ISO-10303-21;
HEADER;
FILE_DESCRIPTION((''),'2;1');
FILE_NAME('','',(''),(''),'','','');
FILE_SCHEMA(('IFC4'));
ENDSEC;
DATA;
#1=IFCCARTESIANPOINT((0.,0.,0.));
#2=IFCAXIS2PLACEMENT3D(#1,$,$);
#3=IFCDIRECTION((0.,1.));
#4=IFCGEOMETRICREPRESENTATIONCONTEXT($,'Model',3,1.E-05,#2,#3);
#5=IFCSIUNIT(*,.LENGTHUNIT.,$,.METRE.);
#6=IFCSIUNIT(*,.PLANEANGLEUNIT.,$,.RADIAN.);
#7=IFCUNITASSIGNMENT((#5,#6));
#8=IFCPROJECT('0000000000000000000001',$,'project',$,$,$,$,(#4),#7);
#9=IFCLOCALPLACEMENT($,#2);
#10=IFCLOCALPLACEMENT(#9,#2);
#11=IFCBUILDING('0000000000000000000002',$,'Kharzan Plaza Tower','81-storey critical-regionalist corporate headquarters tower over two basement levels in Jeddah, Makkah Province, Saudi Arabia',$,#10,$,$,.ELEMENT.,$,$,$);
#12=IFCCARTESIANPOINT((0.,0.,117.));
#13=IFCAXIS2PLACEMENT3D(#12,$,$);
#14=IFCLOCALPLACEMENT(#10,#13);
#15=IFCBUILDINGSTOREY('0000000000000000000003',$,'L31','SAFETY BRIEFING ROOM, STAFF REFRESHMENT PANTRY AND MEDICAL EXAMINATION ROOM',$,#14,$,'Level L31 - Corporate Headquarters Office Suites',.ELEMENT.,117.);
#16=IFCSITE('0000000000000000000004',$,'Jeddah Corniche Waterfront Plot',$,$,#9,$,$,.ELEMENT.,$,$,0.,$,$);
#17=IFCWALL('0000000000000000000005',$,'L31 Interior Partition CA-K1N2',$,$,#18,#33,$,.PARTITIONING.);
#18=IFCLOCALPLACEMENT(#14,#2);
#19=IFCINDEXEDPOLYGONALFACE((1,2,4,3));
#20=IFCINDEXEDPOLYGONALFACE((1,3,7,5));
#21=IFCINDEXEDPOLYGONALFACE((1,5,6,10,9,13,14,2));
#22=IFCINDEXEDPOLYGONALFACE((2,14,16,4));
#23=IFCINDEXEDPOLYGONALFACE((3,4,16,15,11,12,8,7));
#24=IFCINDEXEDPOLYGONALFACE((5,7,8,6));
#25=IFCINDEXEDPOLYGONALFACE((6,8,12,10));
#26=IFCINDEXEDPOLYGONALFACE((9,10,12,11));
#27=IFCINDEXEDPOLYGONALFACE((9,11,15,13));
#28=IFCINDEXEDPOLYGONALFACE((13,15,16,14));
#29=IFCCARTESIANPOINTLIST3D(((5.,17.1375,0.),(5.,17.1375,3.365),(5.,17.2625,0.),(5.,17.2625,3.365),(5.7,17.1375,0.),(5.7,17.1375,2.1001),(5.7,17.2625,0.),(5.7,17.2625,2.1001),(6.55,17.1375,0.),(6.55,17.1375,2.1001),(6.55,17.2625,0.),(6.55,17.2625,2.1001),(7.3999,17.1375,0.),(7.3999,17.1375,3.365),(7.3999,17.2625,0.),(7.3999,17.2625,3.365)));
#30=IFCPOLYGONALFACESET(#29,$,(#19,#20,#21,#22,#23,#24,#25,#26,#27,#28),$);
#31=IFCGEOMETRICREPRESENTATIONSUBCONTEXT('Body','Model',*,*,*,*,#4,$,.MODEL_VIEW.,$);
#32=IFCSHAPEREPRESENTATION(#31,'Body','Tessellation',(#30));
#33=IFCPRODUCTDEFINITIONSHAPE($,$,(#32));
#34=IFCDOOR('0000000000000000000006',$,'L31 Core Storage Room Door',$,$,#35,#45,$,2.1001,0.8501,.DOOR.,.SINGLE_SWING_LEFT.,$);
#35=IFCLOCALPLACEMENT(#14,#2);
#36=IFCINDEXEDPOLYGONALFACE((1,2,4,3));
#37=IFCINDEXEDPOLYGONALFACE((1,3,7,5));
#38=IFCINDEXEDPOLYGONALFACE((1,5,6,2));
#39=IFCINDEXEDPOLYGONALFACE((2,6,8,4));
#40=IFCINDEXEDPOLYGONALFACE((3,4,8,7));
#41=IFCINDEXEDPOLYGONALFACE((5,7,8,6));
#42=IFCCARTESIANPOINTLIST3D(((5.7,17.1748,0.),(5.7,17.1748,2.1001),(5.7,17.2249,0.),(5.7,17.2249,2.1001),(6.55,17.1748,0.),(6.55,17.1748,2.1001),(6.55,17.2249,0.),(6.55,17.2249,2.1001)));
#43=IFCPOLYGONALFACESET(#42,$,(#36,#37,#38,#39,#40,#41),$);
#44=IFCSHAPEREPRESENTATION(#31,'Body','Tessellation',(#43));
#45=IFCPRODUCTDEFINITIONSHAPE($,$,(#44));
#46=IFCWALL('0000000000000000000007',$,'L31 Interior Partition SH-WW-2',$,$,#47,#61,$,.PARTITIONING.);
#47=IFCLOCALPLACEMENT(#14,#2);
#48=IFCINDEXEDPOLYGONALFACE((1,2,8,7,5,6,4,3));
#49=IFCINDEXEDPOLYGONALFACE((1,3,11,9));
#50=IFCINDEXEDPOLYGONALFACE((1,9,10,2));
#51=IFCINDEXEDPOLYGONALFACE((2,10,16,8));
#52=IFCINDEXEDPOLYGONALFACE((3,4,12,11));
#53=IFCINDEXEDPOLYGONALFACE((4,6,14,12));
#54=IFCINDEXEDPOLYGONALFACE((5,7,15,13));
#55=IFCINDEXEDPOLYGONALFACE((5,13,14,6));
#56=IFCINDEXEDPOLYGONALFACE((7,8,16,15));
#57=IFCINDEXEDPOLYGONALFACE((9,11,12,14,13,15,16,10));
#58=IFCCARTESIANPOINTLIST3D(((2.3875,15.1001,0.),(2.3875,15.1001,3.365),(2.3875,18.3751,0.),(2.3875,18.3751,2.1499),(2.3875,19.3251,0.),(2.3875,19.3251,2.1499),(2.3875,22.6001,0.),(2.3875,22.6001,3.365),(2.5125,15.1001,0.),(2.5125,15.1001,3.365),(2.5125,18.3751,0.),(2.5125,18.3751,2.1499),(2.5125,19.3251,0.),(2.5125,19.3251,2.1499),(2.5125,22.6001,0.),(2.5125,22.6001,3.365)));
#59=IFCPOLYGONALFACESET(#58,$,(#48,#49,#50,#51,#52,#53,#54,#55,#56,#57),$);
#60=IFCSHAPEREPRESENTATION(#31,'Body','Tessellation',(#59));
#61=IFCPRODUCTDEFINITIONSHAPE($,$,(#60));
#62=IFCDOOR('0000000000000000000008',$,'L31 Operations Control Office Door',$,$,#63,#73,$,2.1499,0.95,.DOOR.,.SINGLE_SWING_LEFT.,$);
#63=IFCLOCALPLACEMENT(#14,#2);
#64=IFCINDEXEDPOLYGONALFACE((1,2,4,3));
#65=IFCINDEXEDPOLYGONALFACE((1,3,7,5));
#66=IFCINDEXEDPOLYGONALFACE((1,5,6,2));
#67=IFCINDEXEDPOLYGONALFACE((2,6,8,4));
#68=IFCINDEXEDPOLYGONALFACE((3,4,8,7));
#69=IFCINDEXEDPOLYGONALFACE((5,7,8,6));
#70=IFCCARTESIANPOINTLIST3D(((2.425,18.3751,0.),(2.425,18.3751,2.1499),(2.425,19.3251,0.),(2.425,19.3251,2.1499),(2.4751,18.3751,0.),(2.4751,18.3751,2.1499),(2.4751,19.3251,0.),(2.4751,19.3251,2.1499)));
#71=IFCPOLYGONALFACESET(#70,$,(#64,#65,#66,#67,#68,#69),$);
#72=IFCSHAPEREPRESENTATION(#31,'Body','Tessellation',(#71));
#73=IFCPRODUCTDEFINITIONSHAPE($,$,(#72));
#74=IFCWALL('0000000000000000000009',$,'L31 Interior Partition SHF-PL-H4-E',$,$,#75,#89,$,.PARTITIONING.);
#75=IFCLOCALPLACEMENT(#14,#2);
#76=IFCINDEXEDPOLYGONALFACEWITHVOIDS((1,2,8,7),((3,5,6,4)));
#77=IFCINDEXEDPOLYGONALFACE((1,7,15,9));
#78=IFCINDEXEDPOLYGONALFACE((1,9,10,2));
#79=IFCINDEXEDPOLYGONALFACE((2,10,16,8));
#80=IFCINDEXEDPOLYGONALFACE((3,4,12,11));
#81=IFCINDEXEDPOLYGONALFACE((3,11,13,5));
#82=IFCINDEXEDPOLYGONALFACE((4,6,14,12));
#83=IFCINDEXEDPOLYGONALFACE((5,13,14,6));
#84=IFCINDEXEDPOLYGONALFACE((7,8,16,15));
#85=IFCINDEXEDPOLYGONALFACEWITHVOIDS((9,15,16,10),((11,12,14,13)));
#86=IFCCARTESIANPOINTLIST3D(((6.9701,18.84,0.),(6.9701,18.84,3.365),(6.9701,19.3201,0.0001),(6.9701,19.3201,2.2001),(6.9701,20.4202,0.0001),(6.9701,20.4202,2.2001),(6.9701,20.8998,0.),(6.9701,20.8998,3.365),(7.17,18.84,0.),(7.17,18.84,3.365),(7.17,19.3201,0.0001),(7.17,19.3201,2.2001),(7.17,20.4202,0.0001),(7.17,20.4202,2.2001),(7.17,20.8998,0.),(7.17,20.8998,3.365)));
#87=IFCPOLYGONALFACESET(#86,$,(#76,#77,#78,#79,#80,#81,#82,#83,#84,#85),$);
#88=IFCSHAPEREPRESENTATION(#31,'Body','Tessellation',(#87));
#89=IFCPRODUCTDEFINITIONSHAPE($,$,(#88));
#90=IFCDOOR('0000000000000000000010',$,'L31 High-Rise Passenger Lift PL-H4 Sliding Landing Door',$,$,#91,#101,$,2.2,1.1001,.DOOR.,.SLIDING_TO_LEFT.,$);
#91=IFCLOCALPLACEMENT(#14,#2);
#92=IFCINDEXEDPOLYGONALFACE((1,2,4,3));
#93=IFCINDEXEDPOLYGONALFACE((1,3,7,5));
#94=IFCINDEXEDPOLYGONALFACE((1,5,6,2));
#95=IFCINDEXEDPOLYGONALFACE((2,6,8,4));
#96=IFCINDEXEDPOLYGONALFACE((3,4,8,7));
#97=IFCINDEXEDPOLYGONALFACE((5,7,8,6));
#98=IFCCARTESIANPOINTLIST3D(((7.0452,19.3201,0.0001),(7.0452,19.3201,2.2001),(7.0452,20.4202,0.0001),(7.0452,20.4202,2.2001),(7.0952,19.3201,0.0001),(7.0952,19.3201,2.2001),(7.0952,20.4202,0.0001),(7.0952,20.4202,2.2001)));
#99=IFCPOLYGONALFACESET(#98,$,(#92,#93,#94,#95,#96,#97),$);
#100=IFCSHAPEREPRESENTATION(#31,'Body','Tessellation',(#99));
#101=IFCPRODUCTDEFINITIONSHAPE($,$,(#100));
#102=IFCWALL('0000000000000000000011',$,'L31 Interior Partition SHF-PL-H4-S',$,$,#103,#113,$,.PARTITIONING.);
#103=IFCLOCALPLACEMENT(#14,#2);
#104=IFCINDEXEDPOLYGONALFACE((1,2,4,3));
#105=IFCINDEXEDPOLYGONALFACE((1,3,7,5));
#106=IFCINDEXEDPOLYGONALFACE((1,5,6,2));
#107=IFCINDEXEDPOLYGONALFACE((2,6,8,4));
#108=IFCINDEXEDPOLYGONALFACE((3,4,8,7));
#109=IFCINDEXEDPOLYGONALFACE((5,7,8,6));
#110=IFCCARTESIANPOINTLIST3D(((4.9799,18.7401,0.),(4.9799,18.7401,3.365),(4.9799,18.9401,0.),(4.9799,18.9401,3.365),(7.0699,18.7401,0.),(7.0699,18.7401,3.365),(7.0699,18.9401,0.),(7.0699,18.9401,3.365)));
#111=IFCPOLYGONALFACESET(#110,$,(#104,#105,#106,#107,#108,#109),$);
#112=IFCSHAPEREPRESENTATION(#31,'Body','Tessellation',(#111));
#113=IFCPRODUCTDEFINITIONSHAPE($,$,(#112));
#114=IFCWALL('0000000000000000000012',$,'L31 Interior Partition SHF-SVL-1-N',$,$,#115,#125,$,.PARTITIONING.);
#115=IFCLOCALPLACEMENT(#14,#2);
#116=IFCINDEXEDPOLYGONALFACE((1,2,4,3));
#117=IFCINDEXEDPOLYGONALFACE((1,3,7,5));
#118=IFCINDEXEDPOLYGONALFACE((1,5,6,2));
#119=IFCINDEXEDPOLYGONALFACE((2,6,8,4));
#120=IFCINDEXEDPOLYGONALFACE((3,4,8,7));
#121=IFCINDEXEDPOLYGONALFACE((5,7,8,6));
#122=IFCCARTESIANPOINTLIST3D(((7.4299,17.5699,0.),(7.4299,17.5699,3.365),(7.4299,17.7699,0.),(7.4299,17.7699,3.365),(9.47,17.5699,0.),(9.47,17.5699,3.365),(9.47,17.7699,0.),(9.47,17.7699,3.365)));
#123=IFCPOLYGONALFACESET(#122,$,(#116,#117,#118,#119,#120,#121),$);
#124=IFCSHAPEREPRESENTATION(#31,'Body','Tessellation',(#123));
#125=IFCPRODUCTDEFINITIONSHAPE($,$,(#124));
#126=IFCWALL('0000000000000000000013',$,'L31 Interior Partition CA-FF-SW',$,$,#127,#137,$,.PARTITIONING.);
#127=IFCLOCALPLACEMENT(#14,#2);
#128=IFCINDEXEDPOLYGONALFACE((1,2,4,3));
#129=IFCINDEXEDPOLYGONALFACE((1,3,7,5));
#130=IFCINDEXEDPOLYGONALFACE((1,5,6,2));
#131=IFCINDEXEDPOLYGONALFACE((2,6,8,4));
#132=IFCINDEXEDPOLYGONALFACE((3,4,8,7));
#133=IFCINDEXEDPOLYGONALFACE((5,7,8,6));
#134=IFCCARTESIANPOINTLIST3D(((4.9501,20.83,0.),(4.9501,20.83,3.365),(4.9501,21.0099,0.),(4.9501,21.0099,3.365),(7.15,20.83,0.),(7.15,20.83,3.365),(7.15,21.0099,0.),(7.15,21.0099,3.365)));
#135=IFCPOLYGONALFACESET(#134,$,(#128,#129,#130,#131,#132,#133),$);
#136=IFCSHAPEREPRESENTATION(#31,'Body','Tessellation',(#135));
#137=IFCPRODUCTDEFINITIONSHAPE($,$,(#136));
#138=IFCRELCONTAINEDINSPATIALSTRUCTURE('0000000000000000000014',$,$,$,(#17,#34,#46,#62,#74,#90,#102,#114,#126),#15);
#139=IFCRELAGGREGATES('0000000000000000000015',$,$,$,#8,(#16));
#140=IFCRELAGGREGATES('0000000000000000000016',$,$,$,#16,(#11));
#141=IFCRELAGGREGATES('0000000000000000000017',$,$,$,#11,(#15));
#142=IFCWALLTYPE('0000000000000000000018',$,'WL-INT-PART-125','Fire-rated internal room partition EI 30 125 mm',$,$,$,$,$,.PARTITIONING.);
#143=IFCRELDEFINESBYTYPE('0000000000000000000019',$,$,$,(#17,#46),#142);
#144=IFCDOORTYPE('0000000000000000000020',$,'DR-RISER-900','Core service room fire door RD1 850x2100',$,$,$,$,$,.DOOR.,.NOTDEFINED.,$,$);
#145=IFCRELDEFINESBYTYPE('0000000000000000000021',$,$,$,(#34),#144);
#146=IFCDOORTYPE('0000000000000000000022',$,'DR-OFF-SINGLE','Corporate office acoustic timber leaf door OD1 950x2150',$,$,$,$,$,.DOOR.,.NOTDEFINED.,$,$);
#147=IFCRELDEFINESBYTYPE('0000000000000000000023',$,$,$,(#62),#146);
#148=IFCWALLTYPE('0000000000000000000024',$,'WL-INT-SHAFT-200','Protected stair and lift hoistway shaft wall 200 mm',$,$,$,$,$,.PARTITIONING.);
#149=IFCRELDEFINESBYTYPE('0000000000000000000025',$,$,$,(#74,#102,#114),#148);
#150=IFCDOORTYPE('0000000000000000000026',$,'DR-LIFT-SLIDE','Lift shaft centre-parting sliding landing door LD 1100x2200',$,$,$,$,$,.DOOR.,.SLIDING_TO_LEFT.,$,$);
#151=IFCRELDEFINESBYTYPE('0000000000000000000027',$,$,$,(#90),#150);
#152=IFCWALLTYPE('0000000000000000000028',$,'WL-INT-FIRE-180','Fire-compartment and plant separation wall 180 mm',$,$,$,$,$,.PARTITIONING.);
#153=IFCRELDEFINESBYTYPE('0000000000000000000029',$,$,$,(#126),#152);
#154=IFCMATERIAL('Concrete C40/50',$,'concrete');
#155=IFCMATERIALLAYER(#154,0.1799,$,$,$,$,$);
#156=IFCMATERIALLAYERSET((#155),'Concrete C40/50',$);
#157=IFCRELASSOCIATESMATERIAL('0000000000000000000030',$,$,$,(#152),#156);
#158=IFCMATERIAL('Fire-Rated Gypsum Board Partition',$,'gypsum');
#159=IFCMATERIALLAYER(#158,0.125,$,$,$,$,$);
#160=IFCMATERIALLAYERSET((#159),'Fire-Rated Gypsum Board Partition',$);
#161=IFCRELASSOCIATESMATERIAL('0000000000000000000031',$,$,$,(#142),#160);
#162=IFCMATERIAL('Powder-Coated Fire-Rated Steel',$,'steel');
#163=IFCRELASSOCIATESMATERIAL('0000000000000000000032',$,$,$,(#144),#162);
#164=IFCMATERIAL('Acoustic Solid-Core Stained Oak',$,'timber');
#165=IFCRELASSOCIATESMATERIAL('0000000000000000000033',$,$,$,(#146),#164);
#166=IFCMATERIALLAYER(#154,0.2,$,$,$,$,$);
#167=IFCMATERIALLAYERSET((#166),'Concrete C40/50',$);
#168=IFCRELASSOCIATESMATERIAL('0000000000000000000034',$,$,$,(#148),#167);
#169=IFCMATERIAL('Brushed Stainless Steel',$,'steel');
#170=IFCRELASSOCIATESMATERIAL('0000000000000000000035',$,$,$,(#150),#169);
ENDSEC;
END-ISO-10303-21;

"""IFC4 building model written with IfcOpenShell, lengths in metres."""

from ifc_helpers import new_model, si_unit, direction, frame, frame_2d, origin, place, context, subcontext, project, spatial, rectangle, extrude, source, transform, mapped, material, layer, layer_set, type_object, element, fill, save


model = new_model("IFC4")

# Units and contexts
model_context = context("Model", 3, precision=1e-05, world=origin(), true_north=direction((0.0, 1.0)))
body_context = subcontext(model_context, "Body", "Model", "MODEL_VIEW")
ifc_project = project(units=[si_unit("LENGTHUNIT", "METRE"), si_unit("PLANEANGLEUNIT", "RADIAN")], contexts=[model_context])

# Site, building, storey
site_placement = place(None, origin())
site = spatial("IfcSite", under=ifc_project, at=site_placement, Name="Jeddah Corniche Waterfront Plot", CompositionType="ELEMENT", RefElevation=0.0)
building_placement = place(site_placement, origin())
building = spatial("IfcBuilding", under=site, at=building_placement, Name="Kharzan Plaza Tower", Description="81-storey critical-regionalist corporate headquarters tower over two basement levels in Jeddah, Makkah Province, Saudi Arabia", CompositionType="ELEMENT")
storey_placement = place(building_placement, frame((0.0, 0.0, 117.0)))
storey = spatial("IfcBuildingStorey", under=building, at=storey_placement, Name="L31", Description="SAFETY BRIEFING ROOM, STAFF REFRESHMENT PANTRY AND MEDICAL EXAMINATION ROOM", LongName="Level L31 - Corporate Headquarters Office Suites", CompositionType="ELEMENT", Elevation=117.0)

# Shared definitions
ifc_material_1 = material(Name="Concrete C40/50", Category="concrete")

# Walls, openings, doors
ifc_layer_1 = layer(ifc_material_1, 0.1799)
ifc_layer_set_1 = layer_set([ifc_layer_1], Name="Concrete C40/50")
wall_type_1 = type_object("IfcWallType", Name="WL-INT-FIRE-180", Description="Fire-compartment and plant separation wall 180 mm", PredefinedType="PARTITIONING", material=ifc_layer_set_1)
ifc_material_2 = material(Name="Fire-Rated Gypsum Board Partition", Category="gypsum")
ifc_layer_2 = layer(ifc_material_2, 0.125)
ifc_layer_set_2 = layer_set([ifc_layer_2], Name="Fire-Rated Gypsum Board Partition")
wall_type_2 = type_object("IfcWallType", Name="WL-INT-PART-125", Description="Fire-rated internal room partition EI 30 125 mm", PredefinedType="PARTITIONING", material=ifc_layer_set_2)
wall_1_placement = place(storey_placement, frame((5.0, 17.2, 0.0), z_axis=(0.0, 0.0, 1.0), x_axis=(1.0, 0.0, 0.0)))
wall_1 = element("IfcWall", 1, at=wall_1_placement, inside=storey, type_object=wall_type_2, Name="L31 Interior Partition CA-K1N2", PredefinedType="PARTITIONING", context=body_context, shape_type="SweptSolid", body=[
    extrude(rectangle(XDim=2.3999, YDim=0.125, at=frame_2d((1.2, 0.0))), origin(), (0.0, 0.0, 1.0), 3.365),
])
opening_1_placement = place(wall_1_placement, frame((0.7, 0.0, 0.0)))
opening_1 = element("IfcOpeningElement", 2, at=opening_1_placement, cuts=wall_1, PredefinedType="OPENING", context=body_context, shape_type="SweptSolid", body=[
    extrude(rectangle(XDim=0.8501, YDim=2.1001, at=frame_2d((0.425, 1.05))), frame((0.0, 0.0725, 0.0), z_axis=(0.0, -1.0, 0.0), x_axis=(1.0, 0.0, 0.0)), (0.0, 0.0, 1.0), 0.145),
])
ifc_material_3 = material(Name="Powder-Coated Fire-Rated Steel", Category="steel")
door_type_1 = type_object("IfcDoorType", Name="DR-RISER-900", Description="Core service room fire door RD1 850x2100", OperationType="NOTDEFINED", PredefinedType="DOOR", material=ifc_material_3)
shared_shape_1 = source(origin(), body_context, "Body", "SweptSolid", [
    extrude(rectangle(XDim=0.8501, YDim=2.1001, at=frame_2d((0.425, 1.05))), frame((0.0, 0.0249, 0.0), z_axis=(0.0, -1.0, 0.0), x_axis=(1.0, 0.0, 0.0)), (0.0, 0.0, 1.0), 0.05),
])
door_1_placement = place(opening_1_placement, origin())
door_1 = element("IfcDoor", 3, at=door_1_placement, inside=storey, type_object=door_type_1, Name="L31 Core Storage Room Door", OperationType="SINGLE_SWING_LEFT", OverallHeight=2.1001, OverallWidth=0.8501, PredefinedType="DOOR", context=body_context, shape_type="MappedRepresentation", body=[
    mapped(shared_shape_1, transform((0.0, 0.0, 0.0), x_axis=(1.0, 0.0, 0.0), y_axis=(0.0, 1.0, 0.0), z_axis=(0.0, 0.0, 1.0))),
])
fill(opening_1, door_1)
wall_2_placement = place(storey_placement, frame((2.45, 15.1001, 0.0), z_axis=(0.0, 0.0, 1.0), x_axis=(0.0, 1.0, 0.0)))
wall_2 = element("IfcWall", 4, at=wall_2_placement, inside=storey, type_object=wall_type_2, Name="L31 Interior Partition SH-WW-2", PredefinedType="PARTITIONING", context=body_context, shape_type="SweptSolid", body=[
    extrude(rectangle(XDim=7.5, YDim=0.125, at=frame_2d((3.75, 0.0))), origin(), (0.0, 0.0, 1.0), 3.365),
])
opening_2_placement = place(wall_2_placement, frame((3.2749, 0.0, 0.0)))
opening_2 = element("IfcOpeningElement", 5, at=opening_2_placement, cuts=wall_2, PredefinedType="OPENING", context=body_context, shape_type="SweptSolid", body=[
    extrude(rectangle(XDim=0.95, YDim=2.1499, at=frame_2d((0.4751, 1.075))), frame((0.0, 0.0725, 0.0), z_axis=(0.0, -1.0, 0.0), x_axis=(1.0, 0.0, 0.0)), (0.0, 0.0, 1.0), 0.145),
])
ifc_material_4 = material(Name="Acoustic Solid-Core Stained Oak", Category="timber")
door_type_2 = type_object("IfcDoorType", Name="DR-OFF-SINGLE", Description="Corporate office acoustic timber leaf door OD1 950x2150", OperationType="NOTDEFINED", PredefinedType="DOOR", material=ifc_material_4)
shared_shape_2 = source(origin(), body_context, "Body", "SweptSolid", [
    extrude(rectangle(XDim=0.95, YDim=2.1499, at=frame_2d((0.4751, 1.075))), frame((0.0, 0.0249, 0.0), z_axis=(0.0, -1.0, 0.0), x_axis=(1.0, 0.0, 0.0)), (0.0, 0.0, 1.0), 0.05),
])
door_2_placement = place(opening_2_placement, origin())
door_2 = element("IfcDoor", 6, at=door_2_placement, inside=storey, type_object=door_type_2, Name="L31 Operations Control Office Door", OperationType="SINGLE_SWING_LEFT", OverallHeight=2.1499, OverallWidth=0.95, PredefinedType="DOOR", context=body_context, shape_type="MappedRepresentation", body=[
    mapped(shared_shape_2, transform((0.0, 0.0, 0.0), x_axis=(1.0, 0.0, 0.0), y_axis=(0.0, 1.0, 0.0), z_axis=(0.0, 0.0, 1.0))),
])
fill(opening_2, door_2)
ifc_layer_3 = layer(ifc_material_1, 0.2)
ifc_layer_set_3 = layer_set([ifc_layer_3], Name="Concrete C40/50")
wall_type_3 = type_object("IfcWallType", Name="WL-INT-SHAFT-200", Description="Protected stair and lift hoistway shaft wall 200 mm", PredefinedType="PARTITIONING", material=ifc_layer_set_3)
wall_3_placement = place(storey_placement, frame((7.0701, 18.8401, 0.0), z_axis=(0.0, 0.0, 1.0), x_axis=(0.0, 1.0, 0.0)))
wall_3 = element("IfcWall", 7, at=wall_3_placement, inside=storey, type_object=wall_type_3, Name="L31 Interior Partition SHF-PL-H4-E", PredefinedType="PARTITIONING", context=body_context, shape_type="SweptSolid", body=[
    extrude(rectangle(XDim=2.0598, YDim=0.2, at=frame_2d((1.0298, 0.0))), origin(), (0.0, 0.0, 1.0), 3.365),
])
opening_3_placement = place(wall_3_placement, frame((0.48, 0.0, 0.0)))
opening_3 = element("IfcOpeningElement", 8, at=opening_3_placement, cuts=wall_3, PredefinedType="OPENING", context=body_context, shape_type="SweptSolid", body=[
    extrude(rectangle(XDim=1.1001, YDim=2.2, at=frame_2d((0.55, 1.1001))), frame((0.0, 0.1099, 0.0), z_axis=(0.0, -1.0, 0.0), x_axis=(1.0, 0.0, 0.0)), (0.0, 0.0, 1.0), 0.22),
])
ifc_material_5 = material(Name="Brushed Stainless Steel", Category="steel")
door_type_3 = type_object("IfcDoorType", Name="DR-LIFT-SLIDE", Description="Lift shaft centre-parting sliding landing door LD 1100x2200", OperationType="SLIDING_TO_LEFT", PredefinedType="DOOR", material=ifc_material_5)
shared_shape_3 = source(origin(), body_context, "Body", "SweptSolid", [
    extrude(rectangle(XDim=1.1001, YDim=2.2, at=frame_2d((0.55, 1.1001))), frame((0.0, 0.0249, 0.0), z_axis=(0.0, -1.0, 0.0), x_axis=(1.0, 0.0, 0.0)), (0.0, 0.0, 1.0), 0.05),
])
door_3_placement = place(opening_3_placement, origin())
door_3 = element("IfcDoor", 9, at=door_3_placement, inside=storey, type_object=door_type_3, Name="L31 High-Rise Passenger Lift PL-H4 Sliding Landing Door", OperationType="SLIDING_TO_LEFT", OverallHeight=2.2, OverallWidth=1.1001, PredefinedType="DOOR", context=body_context, shape_type="MappedRepresentation", body=[
    mapped(shared_shape_3, transform((0.0, 0.0, 0.0), x_axis=(1.0, 0.0, 0.0), y_axis=(0.0, 1.0, 0.0), z_axis=(0.0, 0.0, 1.0))),
])
fill(opening_3, door_3)

# Walls
shared_shape_4 = source(origin(), body_context, "Body", "SweptSolid", [
    extrude(rectangle(XDim=2.0901, YDim=0.2, at=frame_2d((1.0449, 0.0))), origin(), (0.0, 0.0, 1.0), 3.365),
])
wall_4_placement = place(storey_placement, frame((4.98, 18.8401, 0.0), z_axis=(0.0, 0.0, 1.0), x_axis=(1.0, 0.0, 0.0)))
element("IfcWall", 10, at=wall_4_placement, inside=storey, type_object=wall_type_3, Name="L31 Interior Partition SHF-PL-H4-S", PredefinedType="PARTITIONING", context=body_context, shape_type="MappedRepresentation", body=[
    mapped(shared_shape_4, transform((0.0, 0.0, 0.0), x_axis=(1.0, 0.0, 0.0), y_axis=(0.0, 1.0, 0.0), z_axis=(0.0, 0.0, 1.0))),
])
shared_shape_5 = source(origin(), body_context, "Body", "SweptSolid", [
    extrude(rectangle(XDim=2.04, YDim=0.2, at=frame_2d((1.02, 0.0))), origin(), (0.0, 0.0, 1.0), 3.365),
])
wall_5_placement = place(storey_placement, frame((7.4299, 17.6699, 0.0), z_axis=(0.0, 0.0, 1.0), x_axis=(1.0, 0.0, 0.0)))
element("IfcWall", 11, at=wall_5_placement, inside=storey, type_object=wall_type_3, Name="L31 Interior Partition SHF-SVL-1-N", PredefinedType="PARTITIONING", context=body_context, shape_type="MappedRepresentation", body=[
    mapped(shared_shape_5, transform((0.0, 0.0, 0.0), x_axis=(1.0, 0.0, 0.0), y_axis=(0.0, 1.0, 0.0), z_axis=(0.0, 0.0, 1.0))),
])
shared_shape_6 = source(origin(), body_context, "Body", "SweptSolid", [
    extrude(rectangle(XDim=2.2, YDim=0.1799, at=frame_2d((1.1001, 0.0))), origin(), (0.0, 0.0, 1.0), 3.365),
])
wall_6_placement = place(storey_placement, frame((4.95, 20.9199, 0.0), z_axis=(0.0, 0.0, 1.0), x_axis=(1.0, 0.0, 0.0)))
element("IfcWall", 12, at=wall_6_placement, inside=storey, type_object=wall_type_1, Name="L31 Interior Partition CA-FF-SW", PredefinedType="PARTITIONING", context=body_context, shape_type="MappedRepresentation", body=[
    mapped(shared_shape_6, transform((0.0, 0.0, 0.0), x_axis=(1.0, 0.0, 0.0), y_axis=(0.0, 1.0, 0.0), z_axis=(0.0, 0.0, 1.0))),
])

save(model, "model.ifc")
